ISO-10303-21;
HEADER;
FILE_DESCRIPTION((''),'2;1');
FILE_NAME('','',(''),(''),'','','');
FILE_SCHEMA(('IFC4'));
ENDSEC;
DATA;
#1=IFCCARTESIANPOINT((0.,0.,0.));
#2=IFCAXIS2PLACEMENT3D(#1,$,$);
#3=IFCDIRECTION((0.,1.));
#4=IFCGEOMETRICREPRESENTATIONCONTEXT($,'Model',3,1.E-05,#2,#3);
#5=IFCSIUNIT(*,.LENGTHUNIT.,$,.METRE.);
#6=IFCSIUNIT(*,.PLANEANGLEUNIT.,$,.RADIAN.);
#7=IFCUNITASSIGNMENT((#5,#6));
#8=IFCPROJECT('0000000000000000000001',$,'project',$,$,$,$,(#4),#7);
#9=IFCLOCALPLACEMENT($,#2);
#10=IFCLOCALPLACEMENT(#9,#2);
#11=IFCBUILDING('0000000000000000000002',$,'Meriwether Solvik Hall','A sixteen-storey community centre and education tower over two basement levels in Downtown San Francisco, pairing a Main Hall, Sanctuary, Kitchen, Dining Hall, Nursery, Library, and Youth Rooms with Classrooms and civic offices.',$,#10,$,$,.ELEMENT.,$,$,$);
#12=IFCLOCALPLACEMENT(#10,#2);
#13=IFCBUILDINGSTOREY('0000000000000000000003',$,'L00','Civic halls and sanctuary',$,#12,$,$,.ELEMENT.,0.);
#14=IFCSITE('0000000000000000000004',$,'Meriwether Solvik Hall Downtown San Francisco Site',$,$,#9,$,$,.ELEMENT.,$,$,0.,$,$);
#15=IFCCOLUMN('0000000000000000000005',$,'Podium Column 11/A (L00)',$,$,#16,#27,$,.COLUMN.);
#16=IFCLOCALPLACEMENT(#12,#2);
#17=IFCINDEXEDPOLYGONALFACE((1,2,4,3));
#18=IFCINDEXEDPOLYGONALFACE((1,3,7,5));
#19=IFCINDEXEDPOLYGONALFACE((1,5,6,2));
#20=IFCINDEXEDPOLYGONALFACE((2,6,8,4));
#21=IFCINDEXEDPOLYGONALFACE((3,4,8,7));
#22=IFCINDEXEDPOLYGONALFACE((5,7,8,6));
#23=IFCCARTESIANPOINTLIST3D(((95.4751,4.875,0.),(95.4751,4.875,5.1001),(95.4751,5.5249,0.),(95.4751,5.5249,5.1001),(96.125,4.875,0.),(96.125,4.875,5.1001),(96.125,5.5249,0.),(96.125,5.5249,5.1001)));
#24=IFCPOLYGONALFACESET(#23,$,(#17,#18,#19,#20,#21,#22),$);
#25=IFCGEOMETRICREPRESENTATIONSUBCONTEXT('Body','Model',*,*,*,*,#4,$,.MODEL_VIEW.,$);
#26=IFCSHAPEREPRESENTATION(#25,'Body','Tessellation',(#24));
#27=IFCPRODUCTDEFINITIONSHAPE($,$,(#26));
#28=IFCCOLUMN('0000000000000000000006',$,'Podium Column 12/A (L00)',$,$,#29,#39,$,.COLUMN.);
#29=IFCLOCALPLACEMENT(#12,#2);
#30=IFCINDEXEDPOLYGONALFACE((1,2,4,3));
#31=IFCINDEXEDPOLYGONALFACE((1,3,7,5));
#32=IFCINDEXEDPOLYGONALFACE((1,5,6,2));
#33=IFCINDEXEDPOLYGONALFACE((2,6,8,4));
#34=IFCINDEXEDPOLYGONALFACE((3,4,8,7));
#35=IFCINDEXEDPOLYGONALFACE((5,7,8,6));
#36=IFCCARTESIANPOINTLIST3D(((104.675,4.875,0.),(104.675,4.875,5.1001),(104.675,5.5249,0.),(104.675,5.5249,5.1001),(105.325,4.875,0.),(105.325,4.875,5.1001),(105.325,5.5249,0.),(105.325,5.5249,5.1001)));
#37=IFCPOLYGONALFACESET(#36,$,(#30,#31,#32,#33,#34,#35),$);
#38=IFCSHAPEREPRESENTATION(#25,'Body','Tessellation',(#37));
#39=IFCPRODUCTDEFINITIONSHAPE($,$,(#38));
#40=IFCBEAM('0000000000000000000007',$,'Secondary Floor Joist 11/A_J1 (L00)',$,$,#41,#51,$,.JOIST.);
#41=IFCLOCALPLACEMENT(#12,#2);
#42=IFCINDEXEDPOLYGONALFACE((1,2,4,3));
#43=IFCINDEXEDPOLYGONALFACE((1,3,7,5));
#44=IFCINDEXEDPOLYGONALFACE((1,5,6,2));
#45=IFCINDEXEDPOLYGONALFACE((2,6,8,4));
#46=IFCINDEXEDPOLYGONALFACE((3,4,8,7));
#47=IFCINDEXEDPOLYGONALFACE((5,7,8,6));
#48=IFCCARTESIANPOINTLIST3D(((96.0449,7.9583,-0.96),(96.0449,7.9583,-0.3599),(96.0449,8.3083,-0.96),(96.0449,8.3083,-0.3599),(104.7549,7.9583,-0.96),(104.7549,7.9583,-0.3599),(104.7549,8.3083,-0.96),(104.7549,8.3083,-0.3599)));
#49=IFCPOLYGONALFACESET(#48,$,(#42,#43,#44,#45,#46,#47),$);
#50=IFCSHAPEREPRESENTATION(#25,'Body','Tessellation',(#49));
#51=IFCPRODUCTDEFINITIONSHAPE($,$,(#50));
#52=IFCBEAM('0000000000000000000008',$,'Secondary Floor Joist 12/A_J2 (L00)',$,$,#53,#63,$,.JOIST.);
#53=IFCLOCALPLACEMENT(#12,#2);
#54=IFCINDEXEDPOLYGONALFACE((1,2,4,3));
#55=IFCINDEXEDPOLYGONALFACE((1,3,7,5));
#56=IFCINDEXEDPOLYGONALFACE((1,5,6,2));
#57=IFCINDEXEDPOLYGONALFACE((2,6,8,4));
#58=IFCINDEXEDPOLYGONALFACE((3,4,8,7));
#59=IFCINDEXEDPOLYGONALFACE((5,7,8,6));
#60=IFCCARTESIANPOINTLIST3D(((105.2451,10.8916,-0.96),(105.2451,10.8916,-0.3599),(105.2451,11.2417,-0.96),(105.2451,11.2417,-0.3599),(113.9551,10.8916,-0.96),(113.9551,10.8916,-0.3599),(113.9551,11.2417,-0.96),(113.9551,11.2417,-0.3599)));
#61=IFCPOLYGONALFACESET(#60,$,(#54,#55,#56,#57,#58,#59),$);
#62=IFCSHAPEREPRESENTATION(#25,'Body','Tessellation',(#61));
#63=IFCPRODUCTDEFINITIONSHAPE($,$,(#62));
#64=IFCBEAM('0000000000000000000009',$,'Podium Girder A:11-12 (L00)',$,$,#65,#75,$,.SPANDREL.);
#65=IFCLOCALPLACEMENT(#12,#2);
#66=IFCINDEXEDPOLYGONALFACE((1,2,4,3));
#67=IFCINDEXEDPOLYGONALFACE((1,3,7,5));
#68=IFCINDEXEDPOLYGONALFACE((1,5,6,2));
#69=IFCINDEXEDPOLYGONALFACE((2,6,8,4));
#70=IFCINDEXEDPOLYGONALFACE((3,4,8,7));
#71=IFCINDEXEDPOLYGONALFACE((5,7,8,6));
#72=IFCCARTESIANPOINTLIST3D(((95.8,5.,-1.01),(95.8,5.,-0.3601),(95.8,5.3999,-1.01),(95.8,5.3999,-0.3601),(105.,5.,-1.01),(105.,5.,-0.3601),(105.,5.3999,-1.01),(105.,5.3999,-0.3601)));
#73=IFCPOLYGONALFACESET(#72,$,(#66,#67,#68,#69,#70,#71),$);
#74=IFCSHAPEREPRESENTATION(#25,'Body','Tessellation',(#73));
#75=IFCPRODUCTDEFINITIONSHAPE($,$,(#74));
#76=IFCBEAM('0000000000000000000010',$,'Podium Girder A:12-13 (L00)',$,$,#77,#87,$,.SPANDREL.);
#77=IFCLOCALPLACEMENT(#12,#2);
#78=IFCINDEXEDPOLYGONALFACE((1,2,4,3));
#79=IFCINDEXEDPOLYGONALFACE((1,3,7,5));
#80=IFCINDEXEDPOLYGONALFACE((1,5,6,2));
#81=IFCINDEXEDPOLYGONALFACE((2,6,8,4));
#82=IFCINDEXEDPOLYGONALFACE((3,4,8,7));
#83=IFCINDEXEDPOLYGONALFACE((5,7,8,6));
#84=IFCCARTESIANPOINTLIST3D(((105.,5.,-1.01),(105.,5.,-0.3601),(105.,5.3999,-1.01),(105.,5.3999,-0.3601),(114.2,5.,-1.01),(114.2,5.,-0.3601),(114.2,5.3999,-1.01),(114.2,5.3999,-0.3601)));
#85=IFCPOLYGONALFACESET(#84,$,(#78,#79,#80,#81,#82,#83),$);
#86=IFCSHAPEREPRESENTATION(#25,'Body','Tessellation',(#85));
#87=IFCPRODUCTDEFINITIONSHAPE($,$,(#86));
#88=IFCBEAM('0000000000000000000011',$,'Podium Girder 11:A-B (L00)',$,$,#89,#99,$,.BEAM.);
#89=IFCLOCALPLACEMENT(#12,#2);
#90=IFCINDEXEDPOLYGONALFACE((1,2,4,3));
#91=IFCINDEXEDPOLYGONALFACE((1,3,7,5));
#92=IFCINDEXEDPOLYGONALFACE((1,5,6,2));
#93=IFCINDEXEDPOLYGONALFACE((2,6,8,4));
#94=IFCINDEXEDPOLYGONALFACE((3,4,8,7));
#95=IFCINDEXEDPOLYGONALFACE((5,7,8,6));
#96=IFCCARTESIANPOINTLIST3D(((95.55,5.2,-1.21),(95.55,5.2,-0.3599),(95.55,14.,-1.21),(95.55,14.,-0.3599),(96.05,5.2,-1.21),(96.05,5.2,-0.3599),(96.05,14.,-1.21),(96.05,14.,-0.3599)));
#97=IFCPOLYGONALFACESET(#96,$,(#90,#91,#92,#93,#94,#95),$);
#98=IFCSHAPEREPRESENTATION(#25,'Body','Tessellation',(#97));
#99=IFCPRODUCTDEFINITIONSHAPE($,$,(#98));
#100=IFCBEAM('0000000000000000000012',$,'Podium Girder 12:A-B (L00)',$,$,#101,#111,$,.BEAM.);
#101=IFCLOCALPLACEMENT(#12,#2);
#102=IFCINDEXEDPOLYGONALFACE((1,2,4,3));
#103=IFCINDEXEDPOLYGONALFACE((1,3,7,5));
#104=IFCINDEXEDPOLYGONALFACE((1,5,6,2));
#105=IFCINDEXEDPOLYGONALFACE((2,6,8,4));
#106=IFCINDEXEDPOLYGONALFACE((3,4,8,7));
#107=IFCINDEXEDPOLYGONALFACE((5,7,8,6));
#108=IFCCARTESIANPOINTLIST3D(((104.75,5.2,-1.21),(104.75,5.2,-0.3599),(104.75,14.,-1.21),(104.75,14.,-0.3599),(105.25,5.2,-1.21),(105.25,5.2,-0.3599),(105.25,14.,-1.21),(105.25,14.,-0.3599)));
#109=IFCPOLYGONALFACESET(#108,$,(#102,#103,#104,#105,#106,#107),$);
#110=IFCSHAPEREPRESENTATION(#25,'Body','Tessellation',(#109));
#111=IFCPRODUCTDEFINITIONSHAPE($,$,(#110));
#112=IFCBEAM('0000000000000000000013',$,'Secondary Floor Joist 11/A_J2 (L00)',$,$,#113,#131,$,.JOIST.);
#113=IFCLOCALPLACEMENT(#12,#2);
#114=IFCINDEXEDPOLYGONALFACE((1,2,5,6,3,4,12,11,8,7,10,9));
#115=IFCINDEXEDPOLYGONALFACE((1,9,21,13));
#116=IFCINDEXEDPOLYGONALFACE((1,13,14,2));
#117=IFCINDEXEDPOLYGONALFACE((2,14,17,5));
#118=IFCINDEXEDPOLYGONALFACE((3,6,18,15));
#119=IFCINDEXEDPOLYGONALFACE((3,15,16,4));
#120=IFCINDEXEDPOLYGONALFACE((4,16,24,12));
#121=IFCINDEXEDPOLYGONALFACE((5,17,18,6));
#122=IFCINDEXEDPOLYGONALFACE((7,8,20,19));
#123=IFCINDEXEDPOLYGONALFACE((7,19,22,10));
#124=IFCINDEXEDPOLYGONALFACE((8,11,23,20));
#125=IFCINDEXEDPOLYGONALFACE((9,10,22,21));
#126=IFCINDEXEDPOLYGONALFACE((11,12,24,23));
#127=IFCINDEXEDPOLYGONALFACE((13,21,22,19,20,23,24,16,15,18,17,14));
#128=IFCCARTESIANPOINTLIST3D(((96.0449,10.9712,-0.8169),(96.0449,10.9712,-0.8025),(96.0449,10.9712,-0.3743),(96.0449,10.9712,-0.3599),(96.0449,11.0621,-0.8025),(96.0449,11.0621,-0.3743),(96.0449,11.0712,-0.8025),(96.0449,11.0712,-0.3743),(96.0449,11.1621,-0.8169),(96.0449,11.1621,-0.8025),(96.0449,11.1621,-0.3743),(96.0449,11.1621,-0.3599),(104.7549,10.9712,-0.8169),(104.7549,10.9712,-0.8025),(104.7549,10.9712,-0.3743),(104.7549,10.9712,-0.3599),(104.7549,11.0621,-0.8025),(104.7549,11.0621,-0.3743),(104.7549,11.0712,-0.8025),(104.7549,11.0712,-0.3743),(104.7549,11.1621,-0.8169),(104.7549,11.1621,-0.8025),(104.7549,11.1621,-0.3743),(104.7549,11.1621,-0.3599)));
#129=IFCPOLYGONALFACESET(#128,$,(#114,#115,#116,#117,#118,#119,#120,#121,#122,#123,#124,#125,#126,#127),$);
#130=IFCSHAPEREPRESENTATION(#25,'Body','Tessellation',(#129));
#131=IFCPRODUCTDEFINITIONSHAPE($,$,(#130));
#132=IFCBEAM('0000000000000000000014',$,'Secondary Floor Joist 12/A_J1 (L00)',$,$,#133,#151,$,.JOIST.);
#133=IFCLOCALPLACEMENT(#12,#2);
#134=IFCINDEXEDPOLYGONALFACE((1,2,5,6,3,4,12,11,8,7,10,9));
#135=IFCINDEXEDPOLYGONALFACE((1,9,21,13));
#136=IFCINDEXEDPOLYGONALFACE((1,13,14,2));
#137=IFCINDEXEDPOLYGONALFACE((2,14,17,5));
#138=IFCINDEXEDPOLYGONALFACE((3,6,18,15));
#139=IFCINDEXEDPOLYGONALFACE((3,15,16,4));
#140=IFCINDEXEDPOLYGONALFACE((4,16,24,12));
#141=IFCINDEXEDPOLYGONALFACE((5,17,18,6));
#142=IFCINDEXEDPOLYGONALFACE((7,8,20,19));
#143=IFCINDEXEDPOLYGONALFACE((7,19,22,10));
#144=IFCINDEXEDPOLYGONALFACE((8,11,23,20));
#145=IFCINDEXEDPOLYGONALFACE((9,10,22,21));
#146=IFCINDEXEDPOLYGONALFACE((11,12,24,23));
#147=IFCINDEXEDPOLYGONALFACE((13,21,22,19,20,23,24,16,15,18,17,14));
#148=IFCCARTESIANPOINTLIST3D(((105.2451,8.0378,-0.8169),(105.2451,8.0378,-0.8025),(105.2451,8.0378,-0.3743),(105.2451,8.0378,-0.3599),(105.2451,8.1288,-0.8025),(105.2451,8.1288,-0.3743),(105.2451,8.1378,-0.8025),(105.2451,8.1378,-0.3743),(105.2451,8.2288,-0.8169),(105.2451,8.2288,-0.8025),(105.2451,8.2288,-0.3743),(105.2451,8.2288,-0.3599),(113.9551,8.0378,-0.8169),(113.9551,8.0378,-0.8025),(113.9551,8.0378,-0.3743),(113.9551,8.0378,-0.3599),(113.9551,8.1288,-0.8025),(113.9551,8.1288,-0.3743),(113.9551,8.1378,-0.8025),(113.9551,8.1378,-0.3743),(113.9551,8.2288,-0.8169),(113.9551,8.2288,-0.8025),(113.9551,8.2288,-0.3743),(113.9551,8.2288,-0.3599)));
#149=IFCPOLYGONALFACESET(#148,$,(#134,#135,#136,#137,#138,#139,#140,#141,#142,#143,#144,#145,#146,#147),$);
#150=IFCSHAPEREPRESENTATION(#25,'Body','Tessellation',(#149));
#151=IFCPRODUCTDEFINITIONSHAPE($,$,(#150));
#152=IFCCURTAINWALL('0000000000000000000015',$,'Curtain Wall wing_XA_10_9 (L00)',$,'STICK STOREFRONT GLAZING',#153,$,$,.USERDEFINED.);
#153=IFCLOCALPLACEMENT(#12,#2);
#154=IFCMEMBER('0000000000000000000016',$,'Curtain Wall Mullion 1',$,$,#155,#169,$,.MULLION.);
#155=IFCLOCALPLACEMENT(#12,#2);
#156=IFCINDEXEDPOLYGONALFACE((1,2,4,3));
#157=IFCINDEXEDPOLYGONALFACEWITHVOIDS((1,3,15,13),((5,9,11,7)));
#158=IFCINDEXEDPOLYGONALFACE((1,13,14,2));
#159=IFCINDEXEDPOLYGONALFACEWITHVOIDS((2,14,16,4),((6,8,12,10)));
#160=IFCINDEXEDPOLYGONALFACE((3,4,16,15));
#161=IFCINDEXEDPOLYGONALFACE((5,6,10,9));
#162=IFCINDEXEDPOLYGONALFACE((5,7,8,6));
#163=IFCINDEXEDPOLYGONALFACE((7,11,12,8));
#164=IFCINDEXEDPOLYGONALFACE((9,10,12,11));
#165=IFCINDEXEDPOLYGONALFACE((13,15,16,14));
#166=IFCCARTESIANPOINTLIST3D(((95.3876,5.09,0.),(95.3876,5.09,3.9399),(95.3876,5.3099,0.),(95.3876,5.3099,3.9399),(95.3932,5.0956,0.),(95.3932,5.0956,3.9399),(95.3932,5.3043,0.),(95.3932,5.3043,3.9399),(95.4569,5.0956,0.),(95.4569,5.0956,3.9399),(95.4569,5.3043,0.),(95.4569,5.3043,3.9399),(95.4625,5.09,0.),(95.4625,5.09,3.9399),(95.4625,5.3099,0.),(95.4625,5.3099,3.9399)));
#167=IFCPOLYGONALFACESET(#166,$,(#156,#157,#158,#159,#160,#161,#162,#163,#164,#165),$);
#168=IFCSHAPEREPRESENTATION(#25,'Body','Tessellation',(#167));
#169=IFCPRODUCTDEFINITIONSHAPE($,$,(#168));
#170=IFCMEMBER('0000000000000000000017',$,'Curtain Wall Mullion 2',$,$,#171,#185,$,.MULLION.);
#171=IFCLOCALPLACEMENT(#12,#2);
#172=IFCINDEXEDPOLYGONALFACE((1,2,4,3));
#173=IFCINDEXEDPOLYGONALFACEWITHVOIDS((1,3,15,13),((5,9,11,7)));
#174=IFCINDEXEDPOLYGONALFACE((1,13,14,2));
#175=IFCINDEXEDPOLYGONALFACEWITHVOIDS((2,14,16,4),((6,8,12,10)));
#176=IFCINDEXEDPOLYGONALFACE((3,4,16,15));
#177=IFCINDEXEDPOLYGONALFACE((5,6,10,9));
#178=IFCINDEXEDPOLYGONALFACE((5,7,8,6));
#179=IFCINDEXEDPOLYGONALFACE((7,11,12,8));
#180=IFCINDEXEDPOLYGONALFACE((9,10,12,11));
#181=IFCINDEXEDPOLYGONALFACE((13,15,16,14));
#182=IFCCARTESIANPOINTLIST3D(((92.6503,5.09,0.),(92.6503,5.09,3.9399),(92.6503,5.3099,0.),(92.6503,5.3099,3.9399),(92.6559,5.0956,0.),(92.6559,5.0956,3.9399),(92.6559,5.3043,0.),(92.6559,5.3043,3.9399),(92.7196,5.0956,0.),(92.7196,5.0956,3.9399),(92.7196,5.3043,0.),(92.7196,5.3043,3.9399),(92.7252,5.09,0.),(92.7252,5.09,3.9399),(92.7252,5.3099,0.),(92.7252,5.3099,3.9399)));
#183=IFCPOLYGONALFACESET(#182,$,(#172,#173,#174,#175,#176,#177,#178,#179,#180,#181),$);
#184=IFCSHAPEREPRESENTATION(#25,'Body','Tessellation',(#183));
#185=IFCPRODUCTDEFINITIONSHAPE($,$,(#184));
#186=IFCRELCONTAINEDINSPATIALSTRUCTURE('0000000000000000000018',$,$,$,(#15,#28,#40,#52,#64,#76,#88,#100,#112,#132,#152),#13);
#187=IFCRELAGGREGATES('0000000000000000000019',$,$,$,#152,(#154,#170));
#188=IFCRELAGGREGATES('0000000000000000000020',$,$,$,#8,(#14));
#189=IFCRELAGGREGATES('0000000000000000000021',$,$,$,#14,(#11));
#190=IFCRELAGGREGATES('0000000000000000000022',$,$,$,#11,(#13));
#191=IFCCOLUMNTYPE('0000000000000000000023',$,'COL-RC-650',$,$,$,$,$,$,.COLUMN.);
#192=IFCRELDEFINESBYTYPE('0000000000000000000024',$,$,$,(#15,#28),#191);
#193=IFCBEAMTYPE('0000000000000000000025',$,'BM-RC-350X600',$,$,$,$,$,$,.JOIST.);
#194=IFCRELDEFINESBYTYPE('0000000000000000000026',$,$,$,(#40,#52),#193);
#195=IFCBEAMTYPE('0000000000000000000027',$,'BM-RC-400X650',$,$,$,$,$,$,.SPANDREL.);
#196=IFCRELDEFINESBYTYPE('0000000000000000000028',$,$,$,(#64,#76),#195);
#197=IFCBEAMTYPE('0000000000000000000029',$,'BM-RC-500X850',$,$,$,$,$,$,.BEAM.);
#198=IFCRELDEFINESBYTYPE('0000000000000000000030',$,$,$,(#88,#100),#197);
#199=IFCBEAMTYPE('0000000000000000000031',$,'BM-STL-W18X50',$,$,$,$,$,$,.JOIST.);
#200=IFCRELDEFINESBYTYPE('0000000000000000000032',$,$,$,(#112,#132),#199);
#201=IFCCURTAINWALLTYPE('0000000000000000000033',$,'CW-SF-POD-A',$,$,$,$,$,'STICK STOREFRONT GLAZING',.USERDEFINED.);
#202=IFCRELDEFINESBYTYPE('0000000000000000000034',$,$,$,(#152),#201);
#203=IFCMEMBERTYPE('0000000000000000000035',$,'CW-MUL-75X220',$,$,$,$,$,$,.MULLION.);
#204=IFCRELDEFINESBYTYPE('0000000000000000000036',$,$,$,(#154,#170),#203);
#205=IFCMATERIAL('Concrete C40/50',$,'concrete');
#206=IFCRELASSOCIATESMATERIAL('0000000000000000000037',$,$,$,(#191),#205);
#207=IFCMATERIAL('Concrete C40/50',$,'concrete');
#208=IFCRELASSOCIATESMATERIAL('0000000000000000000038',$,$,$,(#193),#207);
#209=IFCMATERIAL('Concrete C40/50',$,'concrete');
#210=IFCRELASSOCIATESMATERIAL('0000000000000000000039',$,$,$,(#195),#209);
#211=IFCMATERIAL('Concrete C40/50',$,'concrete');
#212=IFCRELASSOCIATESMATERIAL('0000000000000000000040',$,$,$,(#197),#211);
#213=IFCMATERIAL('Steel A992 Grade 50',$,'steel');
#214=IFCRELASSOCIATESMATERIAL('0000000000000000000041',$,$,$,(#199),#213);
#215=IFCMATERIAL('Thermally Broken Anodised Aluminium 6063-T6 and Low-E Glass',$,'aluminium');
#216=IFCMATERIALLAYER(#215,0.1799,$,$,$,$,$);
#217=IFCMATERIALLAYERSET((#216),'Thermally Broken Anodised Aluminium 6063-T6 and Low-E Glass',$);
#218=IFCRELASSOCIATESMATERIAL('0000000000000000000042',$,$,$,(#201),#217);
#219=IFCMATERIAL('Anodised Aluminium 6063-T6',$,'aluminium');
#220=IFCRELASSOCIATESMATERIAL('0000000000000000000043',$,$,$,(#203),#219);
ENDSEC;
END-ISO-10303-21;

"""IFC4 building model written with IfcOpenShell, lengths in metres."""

from ifc_helpers import new_model, si_unit, direction, frame, origin, origin_2d, place, context, subcontext, project, spatial, rectangle, hollow_rectangle, i_section, extrude, material, layer, layer_set, material_profile, profile_set, type_object, element, aggregate, save


model = new_model("IFC4")

# Units and contexts
model_context = context("Model", 3, precision=1e-05, world=origin(), true_north=direction((0.0, 1.0)))
body_context = subcontext(model_context, "Body", "Model", "MODEL_VIEW")
ifc_project = project(units=[si_unit("LENGTHUNIT", "METRE"), si_unit("PLANEANGLEUNIT", "RADIAN")], contexts=[model_context])

# Site, building, storey
site_placement = place(None, origin())
site = spatial("IfcSite", under=ifc_project, at=site_placement, Name="Meriwether Solvik Hall Downtown San Francisco Site", CompositionType="ELEMENT", RefElevation=0.0)
building_placement = place(site_placement, origin())
building = spatial("IfcBuilding", under=site, at=building_placement, Name="Meriwether Solvik Hall", Description="A sixteen-storey community centre and education tower over two basement levels in Downtown San Francisco, pairing a Main Hall, Sanctuary, Kitchen, Dining Hall, Nursery, Library, and Youth Rooms with Classrooms and civic offices.", CompositionType="ELEMENT")
storey_placement = place(building_placement, origin())
storey = spatial("IfcBuildingStorey", under=building, at=storey_placement, Name="L00", Description="Civic halls and sanctuary", CompositionType="ELEMENT", Elevation=0.0)

# Columns
ifc_material_1 = material(Name="Concrete C40/50", Category="concrete")
ifc_material_profile_1 = material_profile(ifc_material_1, rectangle(XDim=0.6499, YDim=0.6499, at=origin_2d()), Name="RCC-650X650")
ifc_profile_set_1 = profile_set([ifc_material_profile_1], Name="Concrete C40/50")
column_type = type_object("IfcColumnType", Name="COL-RC-650", PredefinedType="COLUMN", material=ifc_profile_set_1)
for number, where, z_axis, x_axis, name in (
    (1, (95.8, 5.2, 0.0), (0.0, 0.0, 1.0), (1.0, 0.0, 0.0), "Podium Column 11/A (L00)"),
    (2, (105.0, 5.2, 0.0), (0.0, 0.0, 1.0), (1.0, 0.0, 0.0), "Podium Column 12/A (L00)"),
):
    element("IfcColumn", number, at=place(storey_placement, frame(where, z_axis=z_axis, x_axis=x_axis)), inside=storey, type_object=column_type, Name=name, PredefinedType="COLUMN", context=body_context, shape_type="SweptSolid", body=[
        extrude(rectangle(XDim=0.6499, YDim=0.6499, at=origin_2d()), origin(), (0.0, 0.0, 1.0), 5.1001),
    ])

# Beams
ifc_material_2 = material(Name="Concrete C40/50", Category="concrete")
ifc_material_profile_2 = material_profile(ifc_material_2, rectangle(XDim=0.3501, YDim=0.6001, at=origin_2d()), Name="RCB-350X600")
ifc_profile_set_2 = profile_set([ifc_material_profile_2], Name="Concrete C40/50")
beam_type_1 = type_object("IfcBeamType", Name="BM-RC-350X600", PredefinedType="JOIST", material=ifc_profile_set_2)
for number, where, z_axis, x_axis, name in (
    (3, (96.0449, 8.1333, -0.6599), (1.0, 0.0, 0.0), (0.0, 1.0, 0.0), "Secondary Floor Joist 11/A_J1 (L00)"),
    (4, (105.2451, 11.0667, -0.6599), (1.0, 0.0, 0.0), (0.0, 1.0, 0.0), "Secondary Floor Joist 12/A_J2 (L00)"),
):
    element("IfcBeam", number, at=place(storey_placement, frame(where, z_axis=z_axis, x_axis=x_axis)), inside=storey, type_object=beam_type_1, Name=name, PredefinedType="JOIST", context=body_context, shape_type="SweptSolid", body=[
        extrude(rectangle(XDim=0.3501, YDim=0.6001, at=origin_2d()), origin(), (0.0, 0.0, 1.0), 8.71),
    ])
ifc_material_3 = material(Name="Concrete C40/50", Category="concrete")
ifc_material_profile_3 = material_profile(ifc_material_3, rectangle(XDim=0.3999, YDim=0.6499, at=origin_2d()), Name="RCB-400X650")
ifc_profile_set_3 = profile_set([ifc_material_profile_3], Name="Concrete C40/50")
beam_type_2 = type_object("IfcBeamType", Name="BM-RC-400X650", PredefinedType="SPANDREL", material=ifc_profile_set_3)
for number, where, z_axis, x_axis, name in (
    (5, (95.8, 5.2, -0.6851), (1.0, 0.0, 0.0), (0.0, 1.0, 0.0), "Podium Girder A:11-12 (L00)"),
    (6, (105.0, 5.2, -0.6851), (1.0, 0.0, 0.0), (0.0, 1.0, 0.0), "Podium Girder A:12-13 (L00)"),
):
    element("IfcBeam", number, at=place(storey_placement, frame(where, z_axis=z_axis, x_axis=x_axis)), inside=storey, type_object=beam_type_2, Name=name, PredefinedType="SPANDREL", context=body_context, shape_type="SweptSolid", body=[
        extrude(rectangle(XDim=0.3999, YDim=0.6499, at=origin_2d()), origin(), (0.0, 0.0, 1.0), 9.2),
    ])
ifc_material_4 = material(Name="Concrete C40/50", Category="concrete")
ifc_material_profile_4 = material_profile(ifc_material_4, rectangle(XDim=0.5, YDim=0.8501, at=origin_2d()), Name="RCB-500X850")
ifc_profile_set_4 = profile_set([ifc_material_profile_4], Name="Concrete C40/50")
beam_type_3 = type_object("IfcBeamType", Name="BM-RC-500X850", PredefinedType="BEAM", material=ifc_profile_set_4)
for number, where, z_axis, x_axis, name in (
    (7, (95.8, 5.2, -0.7849), (0.0, 1.0, 0.0), (-1.0, 0.0, 0.0), "Podium Girder 11:A-B (L00)"),
    (8, (105.0, 5.2, -0.7849), (0.0, 1.0, 0.0), (-1.0, 0.0, 0.0), "Podium Girder 12:A-B (L00)"),
):
    element("IfcBeam", number, at=place(storey_placement, frame(where, z_axis=z_axis, x_axis=x_axis)), inside=storey, type_object=beam_type_3, Name=name, PredefinedType="BEAM", context=body_context, shape_type="SweptSolid", body=[
        extrude(rectangle(XDim=0.5, YDim=0.8501, at=origin_2d()), origin(), (0.0, 0.0, 1.0), 8.8),
    ])
ifc_material_5 = material(Name="Steel A992 Grade 50", Category="steel")
ifc_material_profile_5 = material_profile(ifc_material_5, i_section(OverallWidth=0.1909, OverallDepth=0.457, WebThickness=0.009, FlangeThickness=0.0144, at=origin_2d()), Name="W18X50")
ifc_profile_set_5 = profile_set([ifc_material_profile_5], Name="Steel A992 Grade 50")
beam_type_4 = type_object("IfcBeamType", Name="BM-STL-W18X50", PredefinedType="JOIST", material=ifc_profile_set_5)
for number, where, z_axis, x_axis, name in (
    (9, (96.0449, 11.0667, -0.5884), (1.0, 0.0, 0.0), (0.0, 1.0, 0.0), "Secondary Floor Joist 11/A_J2 (L00)"),
    (10, (105.2451, 8.1333, -0.5884), (1.0, 0.0, 0.0), (0.0, 1.0, 0.0), "Secondary Floor Joist 12/A_J1 (L00)"),
):
    element("IfcBeam", number, at=place(storey_placement, frame(where, z_axis=z_axis, x_axis=x_axis)), inside=storey, type_object=beam_type_4, Name=name, PredefinedType="JOIST", context=body_context, shape_type="SweptSolid", body=[
        extrude(i_section(OverallWidth=0.1909, OverallDepth=0.457, WebThickness=0.009, FlangeThickness=0.0144, at=origin_2d()), origin(), (0.0, 0.0, 1.0), 8.71),
    ])

# Curtain wall, members
ifc_material_6 = material(Name="Thermally Broken Anodised Aluminium 6063-T6 and Low-E Glass", Category="aluminium")
ifc_layer_1 = layer(ifc_material_6, 0.1799)
ifc_layer_set_1 = layer_set([ifc_layer_1], Name="Thermally Broken Anodised Aluminium 6063-T6 and Low-E Glass")
curtain_wall_type = type_object("IfcCurtainWallType", Name="CW-SF-POD-A", ElementType="STICK STOREFRONT GLAZING", PredefinedType="USERDEFINED", material=ifc_layer_set_1)
curtain_wall_1_placement = place(storey_placement, origin())
curtain_wall_1 = element("IfcCurtainWall", 11, at=curtain_wall_1_placement, inside=storey, type_object=curtain_wall_type, Name="Curtain Wall wing_XA_10_9 (L00)", ObjectType="STICK STOREFRONT GLAZING", PredefinedType="USERDEFINED")
ifc_material_7 = material(Name="Anodised Aluminium 6063-T6", Category="aluminium")
ifc_material_profile_6 = material_profile(ifc_material_7, hollow_rectangle(XDim=0.075, YDim=0.22, WallThickness=0.0056, at=origin_2d()), Name="CWM-75X220")
ifc_profile_set_6 = profile_set([ifc_material_profile_6], Name="Anodised Aluminium 6063-T6")
member_type_1 = type_object("IfcMemberType", Name="CW-MUL-75X220", PredefinedType="MULLION", material=ifc_profile_set_6)
member_1_placement = place(storey_placement, frame((95.425, 5.2, 0.0), z_axis=(0.0, 0.0, 1.0), x_axis=(-1.0, 0.0, 0.0)))
member_1 = element("IfcMember", 12, at=member_1_placement, type_object=member_type_1, Name="Curtain Wall Mullion 1", PredefinedType="MULLION", context=body_context, shape_type="SweptSolid", body=[
    extrude(hollow_rectangle(XDim=0.075, YDim=0.22, WallThickness=0.0056, at=origin_2d()), origin(), (0.0, 0.0, 1.0), 3.9399),
])
member_2_placement = place(storey_placement, frame((92.6877, 5.2, 0.0), z_axis=(0.0, 0.0, 1.0), x_axis=(-1.0, 0.0, 0.0)))
member_2 = element("IfcMember", 13, at=member_2_placement, type_object=member_type_1, Name="Curtain Wall Mullion 2", PredefinedType="MULLION", context=body_context, shape_type="SweptSolid", body=[
    extrude(hollow_rectangle(XDim=0.075, YDim=0.22, WallThickness=0.0056, at=origin_2d()), origin(), (0.0, 0.0, 1.0), 3.9399),
])

aggregate(curtain_wall_1, [member_1, member_2])

save(model, "model.ifc")
